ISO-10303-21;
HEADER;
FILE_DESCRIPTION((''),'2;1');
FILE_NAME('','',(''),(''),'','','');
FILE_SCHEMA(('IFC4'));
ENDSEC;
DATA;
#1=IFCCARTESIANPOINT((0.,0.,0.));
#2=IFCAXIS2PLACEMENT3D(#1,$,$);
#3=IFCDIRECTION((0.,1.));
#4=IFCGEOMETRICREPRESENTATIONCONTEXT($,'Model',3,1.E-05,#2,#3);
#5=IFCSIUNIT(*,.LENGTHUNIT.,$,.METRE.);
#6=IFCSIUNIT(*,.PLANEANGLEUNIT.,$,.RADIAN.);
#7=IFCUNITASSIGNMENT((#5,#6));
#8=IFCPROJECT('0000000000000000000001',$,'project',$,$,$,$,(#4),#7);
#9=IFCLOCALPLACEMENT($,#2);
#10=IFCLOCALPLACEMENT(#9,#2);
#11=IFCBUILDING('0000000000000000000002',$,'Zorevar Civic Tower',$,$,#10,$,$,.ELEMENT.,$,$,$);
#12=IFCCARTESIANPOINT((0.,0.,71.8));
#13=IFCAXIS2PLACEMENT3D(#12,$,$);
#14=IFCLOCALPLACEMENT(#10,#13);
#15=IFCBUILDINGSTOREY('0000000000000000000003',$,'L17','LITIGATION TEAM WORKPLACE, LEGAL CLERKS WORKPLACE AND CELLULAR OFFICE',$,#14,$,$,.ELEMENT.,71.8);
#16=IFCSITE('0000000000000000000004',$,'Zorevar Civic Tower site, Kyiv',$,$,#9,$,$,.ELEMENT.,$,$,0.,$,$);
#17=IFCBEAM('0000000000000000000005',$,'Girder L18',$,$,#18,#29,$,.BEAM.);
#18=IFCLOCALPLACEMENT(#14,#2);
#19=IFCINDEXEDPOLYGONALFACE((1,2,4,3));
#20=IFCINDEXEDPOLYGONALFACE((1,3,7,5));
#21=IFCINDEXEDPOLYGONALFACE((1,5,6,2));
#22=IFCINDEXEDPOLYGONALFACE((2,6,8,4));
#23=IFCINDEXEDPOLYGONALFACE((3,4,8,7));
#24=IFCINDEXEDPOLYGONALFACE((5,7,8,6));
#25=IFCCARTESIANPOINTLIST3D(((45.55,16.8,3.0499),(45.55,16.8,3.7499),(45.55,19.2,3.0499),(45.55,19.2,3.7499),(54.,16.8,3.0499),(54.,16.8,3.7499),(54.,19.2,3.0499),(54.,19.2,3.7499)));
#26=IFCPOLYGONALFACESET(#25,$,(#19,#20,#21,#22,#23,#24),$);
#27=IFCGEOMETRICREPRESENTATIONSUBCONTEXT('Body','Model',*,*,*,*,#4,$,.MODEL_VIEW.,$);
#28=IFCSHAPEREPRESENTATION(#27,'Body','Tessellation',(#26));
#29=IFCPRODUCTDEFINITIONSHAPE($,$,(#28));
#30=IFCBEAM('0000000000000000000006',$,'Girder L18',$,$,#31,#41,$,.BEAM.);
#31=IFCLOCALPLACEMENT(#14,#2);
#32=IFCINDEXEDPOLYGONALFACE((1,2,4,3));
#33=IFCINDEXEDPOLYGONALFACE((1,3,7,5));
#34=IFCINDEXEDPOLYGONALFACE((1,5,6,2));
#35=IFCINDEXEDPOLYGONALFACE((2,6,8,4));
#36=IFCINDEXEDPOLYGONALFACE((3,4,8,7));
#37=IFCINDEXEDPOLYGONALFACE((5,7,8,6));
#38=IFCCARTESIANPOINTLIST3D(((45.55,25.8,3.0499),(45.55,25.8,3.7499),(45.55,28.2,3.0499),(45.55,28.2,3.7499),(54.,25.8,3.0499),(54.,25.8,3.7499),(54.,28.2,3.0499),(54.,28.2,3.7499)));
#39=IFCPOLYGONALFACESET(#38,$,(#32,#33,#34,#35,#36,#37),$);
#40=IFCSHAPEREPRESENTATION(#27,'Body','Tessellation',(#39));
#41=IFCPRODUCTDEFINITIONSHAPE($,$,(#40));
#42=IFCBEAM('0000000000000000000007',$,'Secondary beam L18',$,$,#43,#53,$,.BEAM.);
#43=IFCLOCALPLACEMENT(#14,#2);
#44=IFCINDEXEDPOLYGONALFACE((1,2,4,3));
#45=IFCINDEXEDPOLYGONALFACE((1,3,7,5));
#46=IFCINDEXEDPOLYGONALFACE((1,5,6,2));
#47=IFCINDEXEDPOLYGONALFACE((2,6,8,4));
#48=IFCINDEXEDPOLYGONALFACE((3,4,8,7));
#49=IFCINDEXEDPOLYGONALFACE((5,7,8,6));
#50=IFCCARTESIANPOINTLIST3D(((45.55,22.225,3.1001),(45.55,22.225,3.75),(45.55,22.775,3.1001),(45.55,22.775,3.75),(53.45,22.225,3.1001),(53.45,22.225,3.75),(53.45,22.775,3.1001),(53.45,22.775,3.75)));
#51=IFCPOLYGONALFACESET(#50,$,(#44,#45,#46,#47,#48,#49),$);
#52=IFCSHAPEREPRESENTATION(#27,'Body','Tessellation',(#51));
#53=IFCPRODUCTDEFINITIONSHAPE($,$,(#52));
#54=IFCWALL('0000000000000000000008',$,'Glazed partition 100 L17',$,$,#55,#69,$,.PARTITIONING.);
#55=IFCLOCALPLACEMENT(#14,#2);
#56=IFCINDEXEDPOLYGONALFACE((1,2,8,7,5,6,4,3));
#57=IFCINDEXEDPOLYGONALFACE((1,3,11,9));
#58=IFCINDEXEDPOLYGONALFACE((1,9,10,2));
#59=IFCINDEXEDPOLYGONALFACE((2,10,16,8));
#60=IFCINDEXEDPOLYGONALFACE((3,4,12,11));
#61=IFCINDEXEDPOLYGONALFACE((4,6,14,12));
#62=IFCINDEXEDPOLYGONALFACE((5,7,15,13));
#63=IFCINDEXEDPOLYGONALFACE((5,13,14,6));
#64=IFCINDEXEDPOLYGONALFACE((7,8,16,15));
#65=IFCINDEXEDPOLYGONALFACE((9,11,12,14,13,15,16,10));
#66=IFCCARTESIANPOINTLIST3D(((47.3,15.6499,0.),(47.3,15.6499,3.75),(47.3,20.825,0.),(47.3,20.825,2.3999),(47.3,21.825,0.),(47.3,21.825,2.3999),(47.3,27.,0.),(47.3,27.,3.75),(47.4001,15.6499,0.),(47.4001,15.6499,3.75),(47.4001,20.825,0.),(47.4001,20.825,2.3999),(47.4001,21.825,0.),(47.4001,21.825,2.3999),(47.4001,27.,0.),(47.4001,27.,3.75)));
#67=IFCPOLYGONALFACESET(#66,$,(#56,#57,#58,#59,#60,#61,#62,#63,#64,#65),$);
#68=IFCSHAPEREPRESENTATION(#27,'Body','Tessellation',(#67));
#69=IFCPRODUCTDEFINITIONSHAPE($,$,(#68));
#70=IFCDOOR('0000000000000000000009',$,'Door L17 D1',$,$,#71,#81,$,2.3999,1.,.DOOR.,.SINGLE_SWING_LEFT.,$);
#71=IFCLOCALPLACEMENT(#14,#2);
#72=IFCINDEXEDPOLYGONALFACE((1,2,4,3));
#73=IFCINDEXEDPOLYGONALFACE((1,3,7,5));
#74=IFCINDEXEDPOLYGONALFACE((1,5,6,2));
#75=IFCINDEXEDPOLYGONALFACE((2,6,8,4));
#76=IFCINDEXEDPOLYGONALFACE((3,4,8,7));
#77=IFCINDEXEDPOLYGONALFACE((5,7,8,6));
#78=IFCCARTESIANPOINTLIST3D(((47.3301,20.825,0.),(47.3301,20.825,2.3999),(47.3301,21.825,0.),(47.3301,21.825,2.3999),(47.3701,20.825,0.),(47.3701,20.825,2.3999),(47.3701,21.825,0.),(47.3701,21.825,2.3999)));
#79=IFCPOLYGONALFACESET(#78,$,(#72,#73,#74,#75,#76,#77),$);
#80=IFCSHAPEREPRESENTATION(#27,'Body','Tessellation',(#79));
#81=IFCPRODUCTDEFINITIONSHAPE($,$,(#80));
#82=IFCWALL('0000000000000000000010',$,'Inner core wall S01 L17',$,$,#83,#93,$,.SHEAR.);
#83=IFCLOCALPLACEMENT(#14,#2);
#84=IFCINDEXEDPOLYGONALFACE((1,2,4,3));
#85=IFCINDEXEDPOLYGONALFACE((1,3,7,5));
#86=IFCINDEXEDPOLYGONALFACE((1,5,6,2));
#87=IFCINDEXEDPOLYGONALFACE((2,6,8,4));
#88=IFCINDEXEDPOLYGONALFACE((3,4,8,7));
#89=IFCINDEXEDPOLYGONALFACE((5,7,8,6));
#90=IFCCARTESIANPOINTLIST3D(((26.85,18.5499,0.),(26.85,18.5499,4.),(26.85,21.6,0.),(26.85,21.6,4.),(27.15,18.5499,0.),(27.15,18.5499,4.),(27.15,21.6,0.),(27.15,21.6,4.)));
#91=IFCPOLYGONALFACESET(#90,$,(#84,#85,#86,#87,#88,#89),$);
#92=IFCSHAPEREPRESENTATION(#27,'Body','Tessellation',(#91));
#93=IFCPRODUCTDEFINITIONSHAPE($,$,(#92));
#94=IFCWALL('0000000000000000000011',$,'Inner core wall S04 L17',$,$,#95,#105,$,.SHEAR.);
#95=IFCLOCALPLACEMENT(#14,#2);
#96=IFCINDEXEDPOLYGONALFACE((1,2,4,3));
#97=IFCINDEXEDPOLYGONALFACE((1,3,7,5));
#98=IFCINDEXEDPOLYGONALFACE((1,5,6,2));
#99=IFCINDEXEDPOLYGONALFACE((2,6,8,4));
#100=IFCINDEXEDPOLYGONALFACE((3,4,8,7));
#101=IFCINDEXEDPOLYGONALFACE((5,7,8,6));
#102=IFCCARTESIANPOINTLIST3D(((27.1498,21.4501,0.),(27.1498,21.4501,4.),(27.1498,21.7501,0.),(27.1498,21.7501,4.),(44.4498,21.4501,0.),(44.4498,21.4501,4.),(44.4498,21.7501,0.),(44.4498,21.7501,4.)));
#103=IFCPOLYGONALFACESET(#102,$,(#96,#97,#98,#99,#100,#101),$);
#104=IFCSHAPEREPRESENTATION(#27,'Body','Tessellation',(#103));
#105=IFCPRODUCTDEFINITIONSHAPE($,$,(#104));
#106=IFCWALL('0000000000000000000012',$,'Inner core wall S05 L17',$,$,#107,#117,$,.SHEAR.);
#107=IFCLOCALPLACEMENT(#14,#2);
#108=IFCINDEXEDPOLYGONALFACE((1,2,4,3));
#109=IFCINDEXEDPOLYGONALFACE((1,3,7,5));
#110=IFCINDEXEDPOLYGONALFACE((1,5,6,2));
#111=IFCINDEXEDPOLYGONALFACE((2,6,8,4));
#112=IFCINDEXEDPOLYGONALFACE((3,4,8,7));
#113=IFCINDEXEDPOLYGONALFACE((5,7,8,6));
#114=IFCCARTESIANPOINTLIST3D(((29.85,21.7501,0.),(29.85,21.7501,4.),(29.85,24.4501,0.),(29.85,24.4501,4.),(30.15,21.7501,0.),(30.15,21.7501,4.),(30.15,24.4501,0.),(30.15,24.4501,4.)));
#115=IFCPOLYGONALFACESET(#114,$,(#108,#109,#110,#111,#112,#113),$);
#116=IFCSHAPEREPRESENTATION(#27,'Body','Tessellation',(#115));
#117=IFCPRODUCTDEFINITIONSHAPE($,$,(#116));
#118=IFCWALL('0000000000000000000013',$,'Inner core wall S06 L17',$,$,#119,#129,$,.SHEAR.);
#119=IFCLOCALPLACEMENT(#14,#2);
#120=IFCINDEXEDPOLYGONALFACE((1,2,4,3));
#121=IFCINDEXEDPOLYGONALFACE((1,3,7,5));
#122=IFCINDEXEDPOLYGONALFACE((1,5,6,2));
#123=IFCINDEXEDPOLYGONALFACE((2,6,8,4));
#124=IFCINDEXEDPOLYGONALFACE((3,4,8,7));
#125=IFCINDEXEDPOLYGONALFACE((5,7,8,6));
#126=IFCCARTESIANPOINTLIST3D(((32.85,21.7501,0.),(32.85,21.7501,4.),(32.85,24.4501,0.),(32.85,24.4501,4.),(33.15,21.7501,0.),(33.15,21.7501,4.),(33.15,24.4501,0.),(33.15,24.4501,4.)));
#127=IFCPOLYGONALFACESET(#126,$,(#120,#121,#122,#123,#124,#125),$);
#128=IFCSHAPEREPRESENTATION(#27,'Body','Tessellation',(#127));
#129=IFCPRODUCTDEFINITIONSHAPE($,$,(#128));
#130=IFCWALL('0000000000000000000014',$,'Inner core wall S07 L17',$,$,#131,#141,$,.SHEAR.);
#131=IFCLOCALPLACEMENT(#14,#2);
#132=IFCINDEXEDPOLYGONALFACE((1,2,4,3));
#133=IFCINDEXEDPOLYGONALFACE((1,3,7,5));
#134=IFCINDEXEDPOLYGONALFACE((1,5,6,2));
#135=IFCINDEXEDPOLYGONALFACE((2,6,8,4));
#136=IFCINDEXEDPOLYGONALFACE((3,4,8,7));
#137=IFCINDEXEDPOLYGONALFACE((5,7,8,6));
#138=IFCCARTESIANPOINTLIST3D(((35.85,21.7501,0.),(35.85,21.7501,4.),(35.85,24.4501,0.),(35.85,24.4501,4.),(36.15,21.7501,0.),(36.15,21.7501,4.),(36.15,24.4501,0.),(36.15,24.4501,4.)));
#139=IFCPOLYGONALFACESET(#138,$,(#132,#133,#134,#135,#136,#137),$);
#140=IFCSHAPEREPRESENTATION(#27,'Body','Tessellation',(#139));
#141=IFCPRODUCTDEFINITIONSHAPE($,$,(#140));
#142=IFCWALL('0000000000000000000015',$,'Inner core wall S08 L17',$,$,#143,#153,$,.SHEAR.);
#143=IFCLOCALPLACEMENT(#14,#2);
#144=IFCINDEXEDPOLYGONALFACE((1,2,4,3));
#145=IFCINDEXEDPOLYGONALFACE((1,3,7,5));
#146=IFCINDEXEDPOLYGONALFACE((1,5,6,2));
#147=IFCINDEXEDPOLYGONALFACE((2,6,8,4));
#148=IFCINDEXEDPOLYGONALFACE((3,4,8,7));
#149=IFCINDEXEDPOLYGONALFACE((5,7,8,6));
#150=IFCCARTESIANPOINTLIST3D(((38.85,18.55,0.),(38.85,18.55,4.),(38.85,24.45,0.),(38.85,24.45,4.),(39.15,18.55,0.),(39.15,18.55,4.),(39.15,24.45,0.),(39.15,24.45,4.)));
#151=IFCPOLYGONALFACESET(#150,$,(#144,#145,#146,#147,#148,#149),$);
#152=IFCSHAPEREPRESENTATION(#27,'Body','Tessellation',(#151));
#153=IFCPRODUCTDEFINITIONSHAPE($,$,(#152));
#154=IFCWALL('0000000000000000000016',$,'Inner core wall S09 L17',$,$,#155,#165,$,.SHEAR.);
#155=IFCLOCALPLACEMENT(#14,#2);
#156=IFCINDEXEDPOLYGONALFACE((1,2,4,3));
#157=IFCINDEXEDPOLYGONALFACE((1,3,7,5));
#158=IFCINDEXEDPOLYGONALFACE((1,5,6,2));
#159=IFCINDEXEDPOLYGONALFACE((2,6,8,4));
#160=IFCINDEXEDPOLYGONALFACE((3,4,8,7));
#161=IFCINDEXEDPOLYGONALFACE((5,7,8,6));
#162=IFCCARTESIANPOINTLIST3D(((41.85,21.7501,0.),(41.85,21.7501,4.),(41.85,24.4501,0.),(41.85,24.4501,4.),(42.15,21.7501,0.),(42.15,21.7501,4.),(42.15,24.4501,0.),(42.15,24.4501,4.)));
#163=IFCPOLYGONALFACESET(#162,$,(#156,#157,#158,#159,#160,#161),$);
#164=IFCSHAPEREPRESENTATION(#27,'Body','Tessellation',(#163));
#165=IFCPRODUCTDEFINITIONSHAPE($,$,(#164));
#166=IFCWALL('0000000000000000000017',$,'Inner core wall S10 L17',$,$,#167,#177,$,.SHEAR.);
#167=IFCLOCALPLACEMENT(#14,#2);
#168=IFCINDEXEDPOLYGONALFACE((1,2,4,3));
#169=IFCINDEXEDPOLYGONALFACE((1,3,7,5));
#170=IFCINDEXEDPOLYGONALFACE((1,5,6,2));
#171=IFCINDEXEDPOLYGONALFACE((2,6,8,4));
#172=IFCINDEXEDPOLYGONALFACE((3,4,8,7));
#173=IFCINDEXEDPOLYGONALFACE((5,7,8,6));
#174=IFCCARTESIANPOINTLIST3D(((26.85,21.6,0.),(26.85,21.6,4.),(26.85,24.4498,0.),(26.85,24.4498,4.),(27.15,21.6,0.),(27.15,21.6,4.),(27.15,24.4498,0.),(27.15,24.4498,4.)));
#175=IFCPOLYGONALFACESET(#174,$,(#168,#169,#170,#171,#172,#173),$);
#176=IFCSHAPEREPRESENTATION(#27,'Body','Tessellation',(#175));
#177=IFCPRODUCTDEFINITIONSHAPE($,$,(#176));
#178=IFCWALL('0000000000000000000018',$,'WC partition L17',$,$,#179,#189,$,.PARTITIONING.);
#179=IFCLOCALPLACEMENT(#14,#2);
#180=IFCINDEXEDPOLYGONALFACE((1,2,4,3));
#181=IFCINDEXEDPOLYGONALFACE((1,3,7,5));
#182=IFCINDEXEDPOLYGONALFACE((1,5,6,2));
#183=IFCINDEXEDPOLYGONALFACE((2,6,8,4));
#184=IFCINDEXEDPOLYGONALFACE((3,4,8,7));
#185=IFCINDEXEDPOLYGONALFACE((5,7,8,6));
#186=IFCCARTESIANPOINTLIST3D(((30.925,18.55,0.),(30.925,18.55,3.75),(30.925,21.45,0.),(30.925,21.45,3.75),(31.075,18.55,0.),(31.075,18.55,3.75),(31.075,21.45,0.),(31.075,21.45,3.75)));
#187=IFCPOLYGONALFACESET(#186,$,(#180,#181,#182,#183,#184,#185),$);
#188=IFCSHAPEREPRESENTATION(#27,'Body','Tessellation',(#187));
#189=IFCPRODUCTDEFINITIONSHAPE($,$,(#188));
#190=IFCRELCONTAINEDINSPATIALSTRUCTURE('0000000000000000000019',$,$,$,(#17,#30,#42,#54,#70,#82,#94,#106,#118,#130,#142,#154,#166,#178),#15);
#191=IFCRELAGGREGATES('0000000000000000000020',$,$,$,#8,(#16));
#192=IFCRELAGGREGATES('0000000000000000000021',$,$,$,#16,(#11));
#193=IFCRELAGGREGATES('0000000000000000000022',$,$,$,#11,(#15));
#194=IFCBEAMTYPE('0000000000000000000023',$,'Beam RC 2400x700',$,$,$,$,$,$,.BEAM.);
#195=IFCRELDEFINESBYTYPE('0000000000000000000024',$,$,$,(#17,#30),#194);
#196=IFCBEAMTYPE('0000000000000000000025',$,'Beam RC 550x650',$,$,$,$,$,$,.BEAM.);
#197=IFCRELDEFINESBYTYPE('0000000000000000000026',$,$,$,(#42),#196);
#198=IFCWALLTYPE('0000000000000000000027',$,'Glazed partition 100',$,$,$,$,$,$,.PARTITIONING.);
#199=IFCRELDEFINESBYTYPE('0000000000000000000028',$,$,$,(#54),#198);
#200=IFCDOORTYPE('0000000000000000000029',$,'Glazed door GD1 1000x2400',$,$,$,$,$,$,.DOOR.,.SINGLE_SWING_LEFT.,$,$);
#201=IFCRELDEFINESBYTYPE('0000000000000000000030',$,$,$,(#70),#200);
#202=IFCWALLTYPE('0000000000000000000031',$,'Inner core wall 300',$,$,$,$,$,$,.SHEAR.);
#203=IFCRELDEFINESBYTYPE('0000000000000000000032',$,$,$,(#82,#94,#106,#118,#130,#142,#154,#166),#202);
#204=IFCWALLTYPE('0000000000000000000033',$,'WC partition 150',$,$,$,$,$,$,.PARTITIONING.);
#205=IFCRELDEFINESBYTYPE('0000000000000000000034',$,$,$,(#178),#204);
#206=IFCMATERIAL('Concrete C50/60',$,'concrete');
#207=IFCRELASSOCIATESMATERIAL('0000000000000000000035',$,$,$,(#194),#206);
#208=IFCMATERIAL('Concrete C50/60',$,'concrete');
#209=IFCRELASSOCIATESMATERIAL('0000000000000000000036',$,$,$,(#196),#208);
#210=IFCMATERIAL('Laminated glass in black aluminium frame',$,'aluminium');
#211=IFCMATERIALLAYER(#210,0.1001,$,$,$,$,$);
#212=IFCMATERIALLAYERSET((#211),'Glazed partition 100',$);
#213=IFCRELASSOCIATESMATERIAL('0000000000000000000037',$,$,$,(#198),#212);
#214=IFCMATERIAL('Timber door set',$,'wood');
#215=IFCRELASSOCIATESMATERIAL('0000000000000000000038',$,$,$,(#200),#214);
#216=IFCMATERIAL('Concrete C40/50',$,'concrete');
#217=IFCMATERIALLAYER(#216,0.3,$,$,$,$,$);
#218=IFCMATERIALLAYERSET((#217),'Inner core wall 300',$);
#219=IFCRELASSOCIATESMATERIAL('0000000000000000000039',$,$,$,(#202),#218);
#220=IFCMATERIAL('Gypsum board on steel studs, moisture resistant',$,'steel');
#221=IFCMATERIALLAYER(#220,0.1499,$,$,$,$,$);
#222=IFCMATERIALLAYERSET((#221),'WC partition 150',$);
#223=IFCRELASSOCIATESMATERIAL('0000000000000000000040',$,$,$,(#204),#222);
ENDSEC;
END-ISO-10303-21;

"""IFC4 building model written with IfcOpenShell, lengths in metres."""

from ifc_helpers import new_model, si_unit, direction, frame, frame_2d, origin, origin_2d, place, context, subcontext, project, spatial, rectangle, extrude, material, layer, layer_set, material_profile, profile_set, type_object, element, fill, save


model = new_model("IFC4")

# Units and contexts
model_context = context("Model", 3, precision=1e-05, world=origin(), true_north=direction((0.0, 1.0)))
body_context = subcontext(model_context, "Body", "Model", "MODEL_VIEW")
ifc_project = project(units=[si_unit("LENGTHUNIT", "METRE"), si_unit("PLANEANGLEUNIT", "RADIAN")], contexts=[model_context])

# Site, building, storey
site_placement = place(None, origin())
site = spatial("IfcSite", under=ifc_project, at=site_placement, Name="Zorevar Civic Tower site, Kyiv", CompositionType="ELEMENT", RefElevation=0.0)
building_placement = place(site_placement, origin())
building = spatial("IfcBuilding", under=site, at=building_placement, Name="Zorevar Civic Tower", CompositionType="ELEMENT")
storey_placement = place(building_placement, frame((0.0, 0.0, 71.8)))
storey = spatial("IfcBuildingStorey", under=building, at=storey_placement, Name="L17", Description="LITIGATION TEAM WORKPLACE, LEGAL CLERKS WORKPLACE AND CELLULAR OFFICE", CompositionType="ELEMENT", Elevation=71.8)

# Beams
ifc_material_1 = material(Name="Concrete C50/60", Category="concrete")
ifc_material_profile_1 = material_profile(ifc_material_1, rectangle(XDim=2.3999, YDim=0.7, at=origin_2d()), Name="RC 2400x700")
ifc_profile_set_1 = profile_set([ifc_material_profile_1], Name="Concrete C50/60")
beam_type_1 = type_object("IfcBeamType", Name="Beam RC 2400x700", PredefinedType="BEAM", material=ifc_profile_set_1)
for number, where, z_axis, x_axis, name in (
    (1, (45.55, 18.0, 3.3999), (1.0, 0.0, 0.0), (0.0, 1.0, 0.0), "Girder L18"),
    (2, (45.55, 27.0, 3.3999), (1.0, 0.0, 0.0), (0.0, 1.0, 0.0), "Girder L18"),
):
    element("IfcBeam", number, at=place(storey_placement, frame(where, z_axis=z_axis, x_axis=x_axis)), inside=storey, type_object=beam_type_1, Name=name, PredefinedType="BEAM", context=body_context, shape_type="SweptSolid", body=[
        extrude(rectangle(XDim=2.3999, YDim=0.7, at=origin_2d()), origin(), (0.0, 0.0, 1.0), 8.45),
    ])
ifc_material_2 = material(Name="Concrete C50/60", Category="concrete")
ifc_material_profile_2 = material_profile(ifc_material_2, rectangle(XDim=0.55, YDim=0.6499, at=origin_2d()), Name="RC 550x650")
ifc_profile_set_2 = profile_set([ifc_material_profile_2], Name="Concrete C50/60")
beam_type_2 = type_object("IfcBeamType", Name="Beam RC 550x650", PredefinedType="BEAM", material=ifc_profile_set_2)
beam_placement = place(storey_placement, frame((45.55, 22.5, 3.425), z_axis=(1.0, 0.0, 0.0), x_axis=(0.0, 1.0, 0.0)))
element("IfcBeam", 3, at=beam_placement, inside=storey, type_object=beam_type_2, Name="Secondary beam L18", PredefinedType="BEAM", context=body_context, shape_type="SweptSolid", body=[
    extrude(rectangle(XDim=0.55, YDim=0.6499, at=origin_2d()), origin(), (0.0, 0.0, 1.0), 7.8999),
])

# Wall, opening, door
ifc_material_3 = material(Name="Laminated glass in black aluminium frame", Category="aluminium")
ifc_layer_1 = layer(ifc_material_3, 0.1001)
ifc_layer_set_1 = layer_set([ifc_layer_1], Name="Glazed partition 100")
wall_type_1 = type_object("IfcWallType", Name="Glazed partition 100", PredefinedType="PARTITIONING", material=ifc_layer_set_1)
wall_1_placement = place(storey_placement, frame((47.3501, 15.6499, 0.0), z_axis=(0.0, 0.0, 1.0), x_axis=(0.0, 1.0, 0.0)))
wall_1 = element("IfcWall", 4, at=wall_1_placement, inside=storey, type_object=wall_type_1, Name="Glazed partition 100 L17", PredefinedType="PARTITIONING", context=body_context, shape_type="SweptSolid", body=[
    extrude(rectangle(XDim=11.3501, YDim=0.1001, at=frame_2d((5.675, 0.0))), origin(), (0.0, 0.0, 1.0), 3.75),
])
opening_1_placement = place(wall_1_placement, frame((5.175, 0.0, 0.0)))
opening_1 = element("IfcOpeningElement", 5, at=opening_1_placement, cuts=wall_1, PredefinedType="OPENING", context=body_context, shape_type="SweptSolid", body=[
    extrude(rectangle(XDim=1.0, YDim=2.3999, at=frame_2d((0.5, 1.2))), frame((0.0, 0.0601, 0.0), z_axis=(0.0, -1.0, 0.0), x_axis=(1.0, 0.0, 0.0)), (0.0, 0.0, 1.0), 0.1201),
])
ifc_material_4 = material(Name="Timber door set", Category="wood")
door_type_1 = type_object("IfcDoorType", Name="Glazed door GD1 1000x2400", OperationType="SINGLE_SWING_LEFT", PredefinedType="DOOR", material=ifc_material_4)
door_1_placement = place(opening_1_placement, origin())
door_1 = element("IfcDoor", 6, at=door_1_placement, inside=storey, type_object=door_type_1, Name="Door L17 D1", OperationType="SINGLE_SWING_LEFT", OverallHeight=2.3999, OverallWidth=1.0, PredefinedType="DOOR", context=body_context, shape_type="SweptSolid", body=[
    extrude(rectangle(XDim=1.0, YDim=2.3999, at=frame_2d((0.5, 1.2))), frame((0.0, 0.02, 0.0), z_axis=(0.0, -1.0, 0.0), x_axis=(1.0, 0.0, 0.0)), (0.0, 0.0, 1.0), 0.04),
])
fill(opening_1, door_1)

# Walls
ifc_material_5 = material(Name="Concrete C40/50", Category="concrete")
ifc_layer_2 = layer(ifc_material_5, 0.3)
ifc_layer_set_2 = layer_set([ifc_layer_2], Name="Inner core wall 300")
wall_type_2 = type_object("IfcWallType", Name="Inner core wall 300", PredefinedType="SHEAR", material=ifc_layer_set_2)
wall_2_placement = place(storey_placement, frame((27.0, 18.55, 0.0), z_axis=(0.0, 0.0, 1.0), x_axis=(0.0, 1.0, 0.0)))
element("IfcWall", 7, at=wall_2_placement, inside=storey, type_object=wall_type_2, Name="Inner core wall S01 L17", PredefinedType="SHEAR", context=body_context, shape_type="SweptSolid", body=[
    extrude(rectangle(XDim=3.05, YDim=0.3, at=frame_2d((1.5249, 0.0))), origin(), (0.0, 0.0, 1.0), 4.0),
])
wall_3_placement = place(storey_placement, frame((27.1499, 21.6001, 0.0), z_axis=(0.0, 0.0, 1.0), x_axis=(1.0, 0.0, 0.0)))
element("IfcWall", 8, at=wall_3_placement, inside=storey, type_object=wall_type_2, Name="Inner core wall S04 L17", PredefinedType="SHEAR", context=body_context, shape_type="SweptSolid", body=[
    extrude(rectangle(XDim=17.3, YDim=0.3, at=frame_2d((8.6499, 0.0))), origin(), (0.0, 0.0, 1.0), 4.0),
])
for number, where, z_axis, x_axis, name in (
    (9, (30.0, 21.75, 0.0), (0.0, 0.0, 1.0), (0.0, 1.0, 0.0), "Inner core wall S05 L17"),
    (10, (33.0, 21.75, 0.0), (0.0, 0.0, 1.0), (0.0, 1.0, 0.0), "Inner core wall S06 L17"),
    (11, (36.0, 21.75, 0.0), (0.0, 0.0, 1.0), (0.0, 1.0, 0.0), "Inner core wall S07 L17"),
):
    element("IfcWall", number, at=place(storey_placement, frame(where, z_axis=z_axis, x_axis=x_axis)), inside=storey, type_object=wall_type_2, Name=name, PredefinedType="SHEAR", context=body_context, shape_type="SweptSolid", body=[
        extrude(rectangle(XDim=2.7, YDim=0.3, at=frame_2d((1.3501, 0.0))), origin(), (0.0, 0.0, 1.0), 4.0),
    ])
wall_4_placement = place(storey_placement, frame((39.0, 18.55, 0.0), z_axis=(0.0, 0.0, 1.0), x_axis=(0.0, 1.0, 0.0)))
element("IfcWall", 12, at=wall_4_placement, inside=storey, type_object=wall_type_2, Name="Inner core wall S08 L17", PredefinedType="SHEAR", context=body_context, shape_type="SweptSolid", body=[
    extrude(rectangle(XDim=5.8999, YDim=0.3, at=frame_2d((2.95, 0.0))), origin(), (0.0, 0.0, 1.0), 4.0),
])
wall_5_placement = place(storey_placement, frame((42.0, 21.75, 0.0), z_axis=(0.0, 0.0, 1.0), x_axis=(0.0, 1.0, 0.0)))
element("IfcWall", 13, at=wall_5_placement, inside=storey, type_object=wall_type_2, Name="Inner core wall S09 L17", PredefinedType="SHEAR", context=body_context, shape_type="SweptSolid", body=[
    extrude(rectangle(XDim=2.7, YDim=0.3, at=frame_2d((1.3501, 0.0))), origin(), (0.0, 0.0, 1.0), 4.0),
])
wall_6_placement = place(storey_placement, frame((27.0, 21.6001, 0.0), z_axis=(0.0, 0.0, 1.0), x_axis=(0.0, 1.0, 0.0)))
element("IfcWall", 14, at=wall_6_placement, inside=storey, type_object=wall_type_2, Name="Inner core wall S10 L17", PredefinedType="SHEAR", context=body_context, shape_type="SweptSolid", body=[
    extrude(rectangle(XDim=2.8499, YDim=0.3, at=frame_2d((1.4248, 0.0))), origin(), (0.0, 0.0, 1.0), 4.0),
])

# Wall
ifc_material_6 = material(Name="Gypsum board on steel studs, moisture resistant", Category="steel")
ifc_layer_3 = layer(ifc_material_6, 0.1499)
ifc_layer_set_3 = layer_set([ifc_layer_3], Name="WC partition 150")
wall_type_3 = type_object("IfcWallType", Name="WC partition 150", PredefinedType="PARTITIONING", material=ifc_layer_set_3)
for number, where, z_axis, x_axis, name in (
    (15, (31.0, 18.55, 0.0), (0.0, 0.0, 1.0), (0.0, 1.0, 0.0), "WC partition L17"),
):
    element("IfcWall", number, at=place(storey_placement, frame(where, z_axis=z_axis, x_axis=x_axis)), inside=storey, type_object=wall_type_3, Name=name, PredefinedType="PARTITIONING", context=body_context, shape_type="SweptSolid", body=[
        extrude(rectangle(XDim=2.8999, YDim=0.1499, at=frame_2d((1.45, 0.0))), origin(), (0.0, 0.0, 1.0), 3.75),
    ])

save(model, "model.ifc")
